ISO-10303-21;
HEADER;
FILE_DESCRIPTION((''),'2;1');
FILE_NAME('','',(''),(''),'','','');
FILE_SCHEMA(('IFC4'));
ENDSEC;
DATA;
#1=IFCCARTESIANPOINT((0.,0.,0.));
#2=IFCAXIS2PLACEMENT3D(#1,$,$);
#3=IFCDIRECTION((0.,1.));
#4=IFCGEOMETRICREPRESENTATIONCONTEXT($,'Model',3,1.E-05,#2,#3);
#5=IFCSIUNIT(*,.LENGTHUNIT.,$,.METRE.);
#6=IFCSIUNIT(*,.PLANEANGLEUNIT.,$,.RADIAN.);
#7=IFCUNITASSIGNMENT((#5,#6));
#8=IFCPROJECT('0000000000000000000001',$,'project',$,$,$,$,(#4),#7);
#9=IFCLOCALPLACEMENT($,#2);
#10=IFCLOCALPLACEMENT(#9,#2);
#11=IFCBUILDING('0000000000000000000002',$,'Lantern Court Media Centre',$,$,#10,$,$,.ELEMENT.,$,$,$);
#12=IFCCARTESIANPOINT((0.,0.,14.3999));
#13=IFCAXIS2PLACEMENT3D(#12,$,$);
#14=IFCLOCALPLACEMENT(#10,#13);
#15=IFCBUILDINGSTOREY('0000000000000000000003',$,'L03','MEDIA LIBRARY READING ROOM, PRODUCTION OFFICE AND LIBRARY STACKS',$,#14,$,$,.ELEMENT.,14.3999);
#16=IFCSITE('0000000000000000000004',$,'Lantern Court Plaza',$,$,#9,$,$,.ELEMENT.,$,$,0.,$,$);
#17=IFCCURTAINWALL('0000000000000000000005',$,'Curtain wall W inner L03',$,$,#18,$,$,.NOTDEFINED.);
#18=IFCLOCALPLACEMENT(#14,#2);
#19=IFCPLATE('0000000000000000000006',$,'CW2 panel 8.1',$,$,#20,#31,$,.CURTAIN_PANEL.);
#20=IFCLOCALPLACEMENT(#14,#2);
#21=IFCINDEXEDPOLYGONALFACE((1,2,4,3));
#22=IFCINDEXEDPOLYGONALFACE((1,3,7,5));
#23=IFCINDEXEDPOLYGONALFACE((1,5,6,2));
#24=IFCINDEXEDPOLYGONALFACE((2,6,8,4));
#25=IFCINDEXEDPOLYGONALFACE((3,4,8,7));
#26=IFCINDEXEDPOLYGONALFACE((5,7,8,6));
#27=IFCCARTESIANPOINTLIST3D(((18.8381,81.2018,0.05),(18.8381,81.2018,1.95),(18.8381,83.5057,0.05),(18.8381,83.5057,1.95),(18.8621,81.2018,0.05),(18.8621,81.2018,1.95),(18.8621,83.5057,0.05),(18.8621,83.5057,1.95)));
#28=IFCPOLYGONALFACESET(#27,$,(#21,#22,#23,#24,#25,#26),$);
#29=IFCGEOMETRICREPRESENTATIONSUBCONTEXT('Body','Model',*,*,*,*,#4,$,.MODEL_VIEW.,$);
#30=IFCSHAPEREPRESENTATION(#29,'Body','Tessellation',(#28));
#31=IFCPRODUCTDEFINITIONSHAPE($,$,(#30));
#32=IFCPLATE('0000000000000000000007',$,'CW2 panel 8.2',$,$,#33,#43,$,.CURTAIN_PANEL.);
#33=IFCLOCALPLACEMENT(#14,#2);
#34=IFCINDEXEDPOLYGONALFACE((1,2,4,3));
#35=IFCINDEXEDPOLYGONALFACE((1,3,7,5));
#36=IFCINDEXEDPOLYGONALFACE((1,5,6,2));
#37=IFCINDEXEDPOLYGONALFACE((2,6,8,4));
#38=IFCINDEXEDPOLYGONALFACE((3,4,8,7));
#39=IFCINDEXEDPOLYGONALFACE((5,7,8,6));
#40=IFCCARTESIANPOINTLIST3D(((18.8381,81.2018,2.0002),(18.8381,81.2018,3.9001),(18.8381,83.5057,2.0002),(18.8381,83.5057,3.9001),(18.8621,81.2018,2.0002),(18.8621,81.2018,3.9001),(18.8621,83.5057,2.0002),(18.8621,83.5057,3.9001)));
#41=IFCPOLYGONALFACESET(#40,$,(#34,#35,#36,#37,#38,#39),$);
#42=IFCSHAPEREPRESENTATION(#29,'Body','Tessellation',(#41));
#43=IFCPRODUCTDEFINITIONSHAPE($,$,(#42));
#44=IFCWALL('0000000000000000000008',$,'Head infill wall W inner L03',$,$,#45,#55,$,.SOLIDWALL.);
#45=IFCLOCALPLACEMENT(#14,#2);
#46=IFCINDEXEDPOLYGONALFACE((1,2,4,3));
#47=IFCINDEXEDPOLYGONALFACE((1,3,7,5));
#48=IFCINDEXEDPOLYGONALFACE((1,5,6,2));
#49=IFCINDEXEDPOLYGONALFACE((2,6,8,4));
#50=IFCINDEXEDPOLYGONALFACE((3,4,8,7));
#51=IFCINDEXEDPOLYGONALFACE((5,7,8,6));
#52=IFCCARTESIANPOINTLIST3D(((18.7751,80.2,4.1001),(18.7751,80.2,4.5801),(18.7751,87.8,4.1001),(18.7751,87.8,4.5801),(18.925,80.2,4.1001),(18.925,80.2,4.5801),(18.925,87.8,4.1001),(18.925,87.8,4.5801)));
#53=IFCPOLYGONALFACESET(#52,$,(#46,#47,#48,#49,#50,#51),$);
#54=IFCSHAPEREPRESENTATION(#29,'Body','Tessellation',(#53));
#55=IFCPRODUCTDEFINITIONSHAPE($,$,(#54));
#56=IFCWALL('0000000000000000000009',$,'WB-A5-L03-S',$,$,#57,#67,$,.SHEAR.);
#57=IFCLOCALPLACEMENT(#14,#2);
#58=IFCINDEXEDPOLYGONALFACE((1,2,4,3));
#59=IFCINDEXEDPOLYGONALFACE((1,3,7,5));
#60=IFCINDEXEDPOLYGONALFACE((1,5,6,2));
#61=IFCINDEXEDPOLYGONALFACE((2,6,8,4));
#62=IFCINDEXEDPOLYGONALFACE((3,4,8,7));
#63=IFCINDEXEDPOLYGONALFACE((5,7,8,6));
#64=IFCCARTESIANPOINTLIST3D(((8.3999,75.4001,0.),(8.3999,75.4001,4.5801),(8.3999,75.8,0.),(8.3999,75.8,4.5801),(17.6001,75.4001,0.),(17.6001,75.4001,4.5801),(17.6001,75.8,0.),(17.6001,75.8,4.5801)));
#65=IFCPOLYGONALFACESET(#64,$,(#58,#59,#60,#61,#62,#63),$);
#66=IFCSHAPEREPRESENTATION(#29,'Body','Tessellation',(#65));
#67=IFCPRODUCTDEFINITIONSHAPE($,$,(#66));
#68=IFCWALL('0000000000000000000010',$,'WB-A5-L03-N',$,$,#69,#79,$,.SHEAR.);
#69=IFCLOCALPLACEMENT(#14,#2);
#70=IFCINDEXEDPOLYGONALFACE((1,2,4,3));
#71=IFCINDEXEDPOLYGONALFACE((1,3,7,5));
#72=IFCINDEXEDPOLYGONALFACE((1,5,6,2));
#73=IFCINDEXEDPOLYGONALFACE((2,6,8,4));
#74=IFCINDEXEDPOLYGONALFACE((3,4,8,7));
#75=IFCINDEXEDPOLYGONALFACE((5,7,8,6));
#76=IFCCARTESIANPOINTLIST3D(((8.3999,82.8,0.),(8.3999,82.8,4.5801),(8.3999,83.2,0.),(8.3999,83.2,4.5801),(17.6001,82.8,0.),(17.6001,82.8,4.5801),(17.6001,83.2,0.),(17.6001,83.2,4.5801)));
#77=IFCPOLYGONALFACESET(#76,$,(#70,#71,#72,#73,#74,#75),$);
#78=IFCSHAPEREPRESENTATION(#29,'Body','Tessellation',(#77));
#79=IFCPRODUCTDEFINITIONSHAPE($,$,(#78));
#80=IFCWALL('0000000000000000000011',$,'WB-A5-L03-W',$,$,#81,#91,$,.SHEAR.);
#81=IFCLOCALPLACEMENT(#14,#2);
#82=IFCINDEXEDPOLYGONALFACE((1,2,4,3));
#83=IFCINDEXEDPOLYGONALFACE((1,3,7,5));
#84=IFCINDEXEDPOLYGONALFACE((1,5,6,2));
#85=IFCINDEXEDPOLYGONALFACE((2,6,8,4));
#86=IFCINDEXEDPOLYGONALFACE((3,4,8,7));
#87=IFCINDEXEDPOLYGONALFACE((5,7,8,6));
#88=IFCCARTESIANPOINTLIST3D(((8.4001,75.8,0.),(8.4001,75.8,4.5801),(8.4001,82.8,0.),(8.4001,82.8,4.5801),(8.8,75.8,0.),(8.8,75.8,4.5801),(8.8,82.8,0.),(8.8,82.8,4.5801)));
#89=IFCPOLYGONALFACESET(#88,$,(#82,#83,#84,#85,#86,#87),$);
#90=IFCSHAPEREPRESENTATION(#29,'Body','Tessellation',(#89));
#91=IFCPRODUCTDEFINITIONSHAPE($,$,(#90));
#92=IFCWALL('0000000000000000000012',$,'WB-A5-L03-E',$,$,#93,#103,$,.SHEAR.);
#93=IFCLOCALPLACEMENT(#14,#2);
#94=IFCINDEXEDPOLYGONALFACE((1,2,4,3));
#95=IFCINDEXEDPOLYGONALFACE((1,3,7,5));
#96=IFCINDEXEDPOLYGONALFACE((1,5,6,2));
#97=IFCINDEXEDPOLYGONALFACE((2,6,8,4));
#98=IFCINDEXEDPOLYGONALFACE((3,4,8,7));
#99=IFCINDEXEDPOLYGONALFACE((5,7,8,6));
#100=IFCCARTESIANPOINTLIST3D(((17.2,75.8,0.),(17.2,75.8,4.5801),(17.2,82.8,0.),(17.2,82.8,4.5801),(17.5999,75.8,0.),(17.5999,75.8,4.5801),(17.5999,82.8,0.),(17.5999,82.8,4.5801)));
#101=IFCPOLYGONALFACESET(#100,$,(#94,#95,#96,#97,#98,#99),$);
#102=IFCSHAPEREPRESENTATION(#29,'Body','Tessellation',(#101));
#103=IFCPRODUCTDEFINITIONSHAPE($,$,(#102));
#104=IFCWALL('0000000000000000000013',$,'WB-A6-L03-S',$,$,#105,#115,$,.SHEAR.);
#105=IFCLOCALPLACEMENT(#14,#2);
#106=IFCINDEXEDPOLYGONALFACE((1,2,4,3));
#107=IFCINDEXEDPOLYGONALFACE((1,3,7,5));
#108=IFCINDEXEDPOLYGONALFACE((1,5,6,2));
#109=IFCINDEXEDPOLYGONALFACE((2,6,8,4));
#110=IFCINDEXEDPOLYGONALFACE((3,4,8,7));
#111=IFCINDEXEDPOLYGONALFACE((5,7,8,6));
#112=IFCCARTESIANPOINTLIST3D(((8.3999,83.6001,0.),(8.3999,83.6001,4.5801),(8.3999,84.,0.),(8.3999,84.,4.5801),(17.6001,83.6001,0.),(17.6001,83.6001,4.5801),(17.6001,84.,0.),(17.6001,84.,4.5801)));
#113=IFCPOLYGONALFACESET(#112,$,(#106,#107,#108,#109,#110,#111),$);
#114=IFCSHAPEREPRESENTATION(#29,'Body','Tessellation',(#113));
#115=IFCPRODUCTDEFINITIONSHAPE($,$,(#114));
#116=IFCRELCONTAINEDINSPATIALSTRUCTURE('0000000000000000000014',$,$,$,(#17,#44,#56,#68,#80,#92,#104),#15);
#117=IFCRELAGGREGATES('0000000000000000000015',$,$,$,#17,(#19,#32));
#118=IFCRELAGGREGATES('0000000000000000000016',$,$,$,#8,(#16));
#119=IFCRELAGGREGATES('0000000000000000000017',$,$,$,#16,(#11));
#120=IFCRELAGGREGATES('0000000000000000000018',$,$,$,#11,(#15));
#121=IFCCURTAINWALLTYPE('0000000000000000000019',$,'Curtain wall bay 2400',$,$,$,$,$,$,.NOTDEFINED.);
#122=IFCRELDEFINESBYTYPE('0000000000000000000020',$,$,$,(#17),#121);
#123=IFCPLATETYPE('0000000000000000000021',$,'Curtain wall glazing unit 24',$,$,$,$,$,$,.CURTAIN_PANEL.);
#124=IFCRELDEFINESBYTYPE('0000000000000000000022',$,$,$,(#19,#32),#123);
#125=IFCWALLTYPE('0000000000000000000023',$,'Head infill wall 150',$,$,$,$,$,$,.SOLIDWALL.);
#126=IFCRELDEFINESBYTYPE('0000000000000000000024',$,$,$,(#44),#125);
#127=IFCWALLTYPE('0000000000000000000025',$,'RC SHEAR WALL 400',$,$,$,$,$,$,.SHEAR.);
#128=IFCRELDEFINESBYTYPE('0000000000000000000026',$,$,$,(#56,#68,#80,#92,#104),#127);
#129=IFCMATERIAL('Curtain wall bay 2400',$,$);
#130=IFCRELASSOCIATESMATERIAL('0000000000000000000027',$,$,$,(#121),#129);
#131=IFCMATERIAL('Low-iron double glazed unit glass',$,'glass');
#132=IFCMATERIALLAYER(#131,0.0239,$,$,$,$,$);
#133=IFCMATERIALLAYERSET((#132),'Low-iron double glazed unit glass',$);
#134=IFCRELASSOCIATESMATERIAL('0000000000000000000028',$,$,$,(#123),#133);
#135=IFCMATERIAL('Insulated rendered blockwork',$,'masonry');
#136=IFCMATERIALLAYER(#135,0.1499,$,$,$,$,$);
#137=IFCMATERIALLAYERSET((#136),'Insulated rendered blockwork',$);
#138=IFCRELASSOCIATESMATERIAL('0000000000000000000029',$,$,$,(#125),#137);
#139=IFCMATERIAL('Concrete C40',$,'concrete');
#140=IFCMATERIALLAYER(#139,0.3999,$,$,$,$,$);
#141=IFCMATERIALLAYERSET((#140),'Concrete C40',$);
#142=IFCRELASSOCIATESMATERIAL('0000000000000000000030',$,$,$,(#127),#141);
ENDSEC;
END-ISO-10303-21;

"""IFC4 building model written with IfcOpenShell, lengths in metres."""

from ifc_helpers import new_model, si_unit, direction, frame, frame_2d, origin, origin_2d, place, context, subcontext, project, spatial, rectangle, extrude, material, layer, layer_set, type_object, element, aggregate, save


model = new_model("IFC4")

# Units and contexts
model_context = context("Model", 3, precision=1e-05, world=origin(), true_north=direction((0.0, 1.0)))
body_context = subcontext(model_context, "Body", "Model", "MODEL_VIEW")
ifc_project = project(units=[si_unit("LENGTHUNIT", "METRE"), si_unit("PLANEANGLEUNIT", "RADIAN")], contexts=[model_context])

# Site, building, storey
site_placement = place(None, origin())
site = spatial("IfcSite", under=ifc_project, at=site_placement, Name="Lantern Court Plaza", CompositionType="ELEMENT", RefElevation=0.0)
building_placement = place(site_placement, origin())
building = spatial("IfcBuilding", under=site, at=building_placement, Name="Lantern Court Media Centre", CompositionType="ELEMENT")
storey_placement = place(building_placement, frame((0.0, 0.0, 14.3999)))
storey = spatial("IfcBuildingStorey", under=building, at=storey_placement, Name="L03", Description="MEDIA LIBRARY READING ROOM, PRODUCTION OFFICE AND LIBRARY STACKS", CompositionType="ELEMENT", Elevation=14.3999)

# Curtain wall
ifc_material_1 = material(Name="Curtain wall bay 2400")
curtain_wall_type_1 = type_object("IfcCurtainWallType", Name="Curtain wall bay 2400", PredefinedType="NOTDEFINED", material=ifc_material_1)
curtain_wall_1_placement = place(storey_placement, origin())
curtain_wall_1 = element("IfcCurtainWall", 1, at=curtain_wall_1_placement, inside=storey, type_object=curtain_wall_type_1, Name="Curtain wall W inner L03", PredefinedType="NOTDEFINED")

# Plates
ifc_material_2 = material(Name="Low-iron double glazed unit glass", Category="glass")
ifc_layer_1 = layer(ifc_material_2, 0.0239)
ifc_layer_set_1 = layer_set([ifc_layer_1], Name="Low-iron double glazed unit glass")
plate_type = type_object("IfcPlateType", Name="Curtain wall glazing unit 24", PredefinedType="CURTAIN_PANEL", material=ifc_layer_set_1)
plate_1_placement = place(storey_placement, frame((18.8501, 82.3538, 0.05), z_axis=(0.0, 0.0, 1.0), x_axis=(0.0, 1.0, 0.0)))
plate_1 = element("IfcPlate", 2, at=plate_1_placement, type_object=plate_type, Name="CW2 panel 8.1", PredefinedType="CURTAIN_PANEL", context=body_context, shape_type="SweptSolid", body=[
    extrude(rectangle(XDim=2.304, YDim=0.0239, at=origin_2d()), origin(), (0.0, 0.0, 1.0), 1.8999),
])
plate_2_placement = place(storey_placement, frame((18.8501, 82.3538, 2.0002), z_axis=(0.0, 0.0, 1.0), x_axis=(0.0, 1.0, 0.0)))
plate_2 = element("IfcPlate", 3, at=plate_2_placement, type_object=plate_type, Name="CW2 panel 8.2", PredefinedType="CURTAIN_PANEL", context=body_context, shape_type="SweptSolid", body=[
    extrude(rectangle(XDim=2.304, YDim=0.0239, at=origin_2d()), origin(), (0.0, 0.0, 1.0), 1.8999),
])
aggregate(curtain_wall_1, [plate_1, plate_2])

# Walls
ifc_material_3 = material(Name="Insulated rendered blockwork", Category="masonry")
ifc_layer_2 = layer(ifc_material_3, 0.1499)
ifc_layer_set_2 = layer_set([ifc_layer_2], Name="Insulated rendered blockwork")
wall_type_1 = type_object("IfcWallType", Name="Head infill wall 150", PredefinedType="SOLIDWALL", material=ifc_layer_set_2)
wall_1_placement = place(storey_placement, frame((18.8501, 80.2, 4.1001), z_axis=(0.0, 0.0, 1.0), x_axis=(0.0, 1.0, 0.0)))
element("IfcWall", 4, at=wall_1_placement, inside=storey, type_object=wall_type_1, Name="Head infill wall W inner L03", PredefinedType="SOLIDWALL", context=body_context, shape_type="SweptSolid", body=[
    extrude(rectangle(XDim=7.6001, YDim=0.1499, at=frame_2d((3.8, 0.0))), origin(), (0.0, 0.0, 1.0), 0.48),
])
ifc_material_4 = material(Name="Concrete C40", Category="concrete")
ifc_layer_3 = layer(ifc_material_4, 0.3999)
ifc_layer_set_3 = layer_set([ifc_layer_3], Name="Concrete C40")
wall_type_2 = type_object("IfcWallType", Name="RC SHEAR WALL 400", PredefinedType="SHEAR", material=ifc_layer_set_3)
for number, where, z_axis, x_axis, name in (
    (5, (8.3999, 75.6001, 0.0), (0.0, 0.0, 1.0), (1.0, 0.0, 0.0), "WB-A5-L03-S"),
    (6, (8.3999, 83.0, 0.0), (0.0, 0.0, 1.0), (1.0, 0.0, 0.0), "WB-A5-L03-N"),
):
    element("IfcWall", number, at=place(storey_placement, frame(where, z_axis=z_axis, x_axis=x_axis)), inside=storey, type_object=wall_type_2, Name=name, PredefinedType="SHEAR", context=body_context, shape_type="SweptSolid", body=[
        extrude(rectangle(XDim=9.2002, YDim=0.3999, at=frame_2d((4.6001, 0.0))), origin(), (0.0, 0.0, 1.0), 4.5801),
    ])
for number, where, z_axis, x_axis, name in (
    (7, (8.6001, 75.8, 0.0), (0.0, 0.0, 1.0), (0.0, 1.0, 0.0), "WB-A5-L03-W"),
    (8, (17.3999, 75.8, 0.0), (0.0, 0.0, 1.0), (0.0, 1.0, 0.0), "WB-A5-L03-E"),
):
    element("IfcWall", number, at=place(storey_placement, frame(where, z_axis=z_axis, x_axis=x_axis)), inside=storey, type_object=wall_type_2, Name=name, PredefinedType="SHEAR", context=body_context, shape_type="SweptSolid", body=[
        extrude(rectangle(XDim=7.0, YDim=0.3999, at=frame_2d((3.5, 0.0))), origin(), (0.0, 0.0, 1.0), 4.5801),
    ])
wall_2_placement = place(storey_placement, frame((8.3999, 83.8, 0.0), z_axis=(0.0, 0.0, 1.0), x_axis=(1.0, 0.0, 0.0)))
element("IfcWall", 9, at=wall_2_placement, inside=storey, type_object=wall_type_2, Name="WB-A6-L03-S", PredefinedType="SHEAR", context=body_context, shape_type="SweptSolid", body=[
    extrude(rectangle(XDim=9.2002, YDim=0.3999, at=frame_2d((4.6001, 0.0))), origin(), (0.0, 0.0, 1.0), 4.5801),
])

save(model, "model.ifc")
